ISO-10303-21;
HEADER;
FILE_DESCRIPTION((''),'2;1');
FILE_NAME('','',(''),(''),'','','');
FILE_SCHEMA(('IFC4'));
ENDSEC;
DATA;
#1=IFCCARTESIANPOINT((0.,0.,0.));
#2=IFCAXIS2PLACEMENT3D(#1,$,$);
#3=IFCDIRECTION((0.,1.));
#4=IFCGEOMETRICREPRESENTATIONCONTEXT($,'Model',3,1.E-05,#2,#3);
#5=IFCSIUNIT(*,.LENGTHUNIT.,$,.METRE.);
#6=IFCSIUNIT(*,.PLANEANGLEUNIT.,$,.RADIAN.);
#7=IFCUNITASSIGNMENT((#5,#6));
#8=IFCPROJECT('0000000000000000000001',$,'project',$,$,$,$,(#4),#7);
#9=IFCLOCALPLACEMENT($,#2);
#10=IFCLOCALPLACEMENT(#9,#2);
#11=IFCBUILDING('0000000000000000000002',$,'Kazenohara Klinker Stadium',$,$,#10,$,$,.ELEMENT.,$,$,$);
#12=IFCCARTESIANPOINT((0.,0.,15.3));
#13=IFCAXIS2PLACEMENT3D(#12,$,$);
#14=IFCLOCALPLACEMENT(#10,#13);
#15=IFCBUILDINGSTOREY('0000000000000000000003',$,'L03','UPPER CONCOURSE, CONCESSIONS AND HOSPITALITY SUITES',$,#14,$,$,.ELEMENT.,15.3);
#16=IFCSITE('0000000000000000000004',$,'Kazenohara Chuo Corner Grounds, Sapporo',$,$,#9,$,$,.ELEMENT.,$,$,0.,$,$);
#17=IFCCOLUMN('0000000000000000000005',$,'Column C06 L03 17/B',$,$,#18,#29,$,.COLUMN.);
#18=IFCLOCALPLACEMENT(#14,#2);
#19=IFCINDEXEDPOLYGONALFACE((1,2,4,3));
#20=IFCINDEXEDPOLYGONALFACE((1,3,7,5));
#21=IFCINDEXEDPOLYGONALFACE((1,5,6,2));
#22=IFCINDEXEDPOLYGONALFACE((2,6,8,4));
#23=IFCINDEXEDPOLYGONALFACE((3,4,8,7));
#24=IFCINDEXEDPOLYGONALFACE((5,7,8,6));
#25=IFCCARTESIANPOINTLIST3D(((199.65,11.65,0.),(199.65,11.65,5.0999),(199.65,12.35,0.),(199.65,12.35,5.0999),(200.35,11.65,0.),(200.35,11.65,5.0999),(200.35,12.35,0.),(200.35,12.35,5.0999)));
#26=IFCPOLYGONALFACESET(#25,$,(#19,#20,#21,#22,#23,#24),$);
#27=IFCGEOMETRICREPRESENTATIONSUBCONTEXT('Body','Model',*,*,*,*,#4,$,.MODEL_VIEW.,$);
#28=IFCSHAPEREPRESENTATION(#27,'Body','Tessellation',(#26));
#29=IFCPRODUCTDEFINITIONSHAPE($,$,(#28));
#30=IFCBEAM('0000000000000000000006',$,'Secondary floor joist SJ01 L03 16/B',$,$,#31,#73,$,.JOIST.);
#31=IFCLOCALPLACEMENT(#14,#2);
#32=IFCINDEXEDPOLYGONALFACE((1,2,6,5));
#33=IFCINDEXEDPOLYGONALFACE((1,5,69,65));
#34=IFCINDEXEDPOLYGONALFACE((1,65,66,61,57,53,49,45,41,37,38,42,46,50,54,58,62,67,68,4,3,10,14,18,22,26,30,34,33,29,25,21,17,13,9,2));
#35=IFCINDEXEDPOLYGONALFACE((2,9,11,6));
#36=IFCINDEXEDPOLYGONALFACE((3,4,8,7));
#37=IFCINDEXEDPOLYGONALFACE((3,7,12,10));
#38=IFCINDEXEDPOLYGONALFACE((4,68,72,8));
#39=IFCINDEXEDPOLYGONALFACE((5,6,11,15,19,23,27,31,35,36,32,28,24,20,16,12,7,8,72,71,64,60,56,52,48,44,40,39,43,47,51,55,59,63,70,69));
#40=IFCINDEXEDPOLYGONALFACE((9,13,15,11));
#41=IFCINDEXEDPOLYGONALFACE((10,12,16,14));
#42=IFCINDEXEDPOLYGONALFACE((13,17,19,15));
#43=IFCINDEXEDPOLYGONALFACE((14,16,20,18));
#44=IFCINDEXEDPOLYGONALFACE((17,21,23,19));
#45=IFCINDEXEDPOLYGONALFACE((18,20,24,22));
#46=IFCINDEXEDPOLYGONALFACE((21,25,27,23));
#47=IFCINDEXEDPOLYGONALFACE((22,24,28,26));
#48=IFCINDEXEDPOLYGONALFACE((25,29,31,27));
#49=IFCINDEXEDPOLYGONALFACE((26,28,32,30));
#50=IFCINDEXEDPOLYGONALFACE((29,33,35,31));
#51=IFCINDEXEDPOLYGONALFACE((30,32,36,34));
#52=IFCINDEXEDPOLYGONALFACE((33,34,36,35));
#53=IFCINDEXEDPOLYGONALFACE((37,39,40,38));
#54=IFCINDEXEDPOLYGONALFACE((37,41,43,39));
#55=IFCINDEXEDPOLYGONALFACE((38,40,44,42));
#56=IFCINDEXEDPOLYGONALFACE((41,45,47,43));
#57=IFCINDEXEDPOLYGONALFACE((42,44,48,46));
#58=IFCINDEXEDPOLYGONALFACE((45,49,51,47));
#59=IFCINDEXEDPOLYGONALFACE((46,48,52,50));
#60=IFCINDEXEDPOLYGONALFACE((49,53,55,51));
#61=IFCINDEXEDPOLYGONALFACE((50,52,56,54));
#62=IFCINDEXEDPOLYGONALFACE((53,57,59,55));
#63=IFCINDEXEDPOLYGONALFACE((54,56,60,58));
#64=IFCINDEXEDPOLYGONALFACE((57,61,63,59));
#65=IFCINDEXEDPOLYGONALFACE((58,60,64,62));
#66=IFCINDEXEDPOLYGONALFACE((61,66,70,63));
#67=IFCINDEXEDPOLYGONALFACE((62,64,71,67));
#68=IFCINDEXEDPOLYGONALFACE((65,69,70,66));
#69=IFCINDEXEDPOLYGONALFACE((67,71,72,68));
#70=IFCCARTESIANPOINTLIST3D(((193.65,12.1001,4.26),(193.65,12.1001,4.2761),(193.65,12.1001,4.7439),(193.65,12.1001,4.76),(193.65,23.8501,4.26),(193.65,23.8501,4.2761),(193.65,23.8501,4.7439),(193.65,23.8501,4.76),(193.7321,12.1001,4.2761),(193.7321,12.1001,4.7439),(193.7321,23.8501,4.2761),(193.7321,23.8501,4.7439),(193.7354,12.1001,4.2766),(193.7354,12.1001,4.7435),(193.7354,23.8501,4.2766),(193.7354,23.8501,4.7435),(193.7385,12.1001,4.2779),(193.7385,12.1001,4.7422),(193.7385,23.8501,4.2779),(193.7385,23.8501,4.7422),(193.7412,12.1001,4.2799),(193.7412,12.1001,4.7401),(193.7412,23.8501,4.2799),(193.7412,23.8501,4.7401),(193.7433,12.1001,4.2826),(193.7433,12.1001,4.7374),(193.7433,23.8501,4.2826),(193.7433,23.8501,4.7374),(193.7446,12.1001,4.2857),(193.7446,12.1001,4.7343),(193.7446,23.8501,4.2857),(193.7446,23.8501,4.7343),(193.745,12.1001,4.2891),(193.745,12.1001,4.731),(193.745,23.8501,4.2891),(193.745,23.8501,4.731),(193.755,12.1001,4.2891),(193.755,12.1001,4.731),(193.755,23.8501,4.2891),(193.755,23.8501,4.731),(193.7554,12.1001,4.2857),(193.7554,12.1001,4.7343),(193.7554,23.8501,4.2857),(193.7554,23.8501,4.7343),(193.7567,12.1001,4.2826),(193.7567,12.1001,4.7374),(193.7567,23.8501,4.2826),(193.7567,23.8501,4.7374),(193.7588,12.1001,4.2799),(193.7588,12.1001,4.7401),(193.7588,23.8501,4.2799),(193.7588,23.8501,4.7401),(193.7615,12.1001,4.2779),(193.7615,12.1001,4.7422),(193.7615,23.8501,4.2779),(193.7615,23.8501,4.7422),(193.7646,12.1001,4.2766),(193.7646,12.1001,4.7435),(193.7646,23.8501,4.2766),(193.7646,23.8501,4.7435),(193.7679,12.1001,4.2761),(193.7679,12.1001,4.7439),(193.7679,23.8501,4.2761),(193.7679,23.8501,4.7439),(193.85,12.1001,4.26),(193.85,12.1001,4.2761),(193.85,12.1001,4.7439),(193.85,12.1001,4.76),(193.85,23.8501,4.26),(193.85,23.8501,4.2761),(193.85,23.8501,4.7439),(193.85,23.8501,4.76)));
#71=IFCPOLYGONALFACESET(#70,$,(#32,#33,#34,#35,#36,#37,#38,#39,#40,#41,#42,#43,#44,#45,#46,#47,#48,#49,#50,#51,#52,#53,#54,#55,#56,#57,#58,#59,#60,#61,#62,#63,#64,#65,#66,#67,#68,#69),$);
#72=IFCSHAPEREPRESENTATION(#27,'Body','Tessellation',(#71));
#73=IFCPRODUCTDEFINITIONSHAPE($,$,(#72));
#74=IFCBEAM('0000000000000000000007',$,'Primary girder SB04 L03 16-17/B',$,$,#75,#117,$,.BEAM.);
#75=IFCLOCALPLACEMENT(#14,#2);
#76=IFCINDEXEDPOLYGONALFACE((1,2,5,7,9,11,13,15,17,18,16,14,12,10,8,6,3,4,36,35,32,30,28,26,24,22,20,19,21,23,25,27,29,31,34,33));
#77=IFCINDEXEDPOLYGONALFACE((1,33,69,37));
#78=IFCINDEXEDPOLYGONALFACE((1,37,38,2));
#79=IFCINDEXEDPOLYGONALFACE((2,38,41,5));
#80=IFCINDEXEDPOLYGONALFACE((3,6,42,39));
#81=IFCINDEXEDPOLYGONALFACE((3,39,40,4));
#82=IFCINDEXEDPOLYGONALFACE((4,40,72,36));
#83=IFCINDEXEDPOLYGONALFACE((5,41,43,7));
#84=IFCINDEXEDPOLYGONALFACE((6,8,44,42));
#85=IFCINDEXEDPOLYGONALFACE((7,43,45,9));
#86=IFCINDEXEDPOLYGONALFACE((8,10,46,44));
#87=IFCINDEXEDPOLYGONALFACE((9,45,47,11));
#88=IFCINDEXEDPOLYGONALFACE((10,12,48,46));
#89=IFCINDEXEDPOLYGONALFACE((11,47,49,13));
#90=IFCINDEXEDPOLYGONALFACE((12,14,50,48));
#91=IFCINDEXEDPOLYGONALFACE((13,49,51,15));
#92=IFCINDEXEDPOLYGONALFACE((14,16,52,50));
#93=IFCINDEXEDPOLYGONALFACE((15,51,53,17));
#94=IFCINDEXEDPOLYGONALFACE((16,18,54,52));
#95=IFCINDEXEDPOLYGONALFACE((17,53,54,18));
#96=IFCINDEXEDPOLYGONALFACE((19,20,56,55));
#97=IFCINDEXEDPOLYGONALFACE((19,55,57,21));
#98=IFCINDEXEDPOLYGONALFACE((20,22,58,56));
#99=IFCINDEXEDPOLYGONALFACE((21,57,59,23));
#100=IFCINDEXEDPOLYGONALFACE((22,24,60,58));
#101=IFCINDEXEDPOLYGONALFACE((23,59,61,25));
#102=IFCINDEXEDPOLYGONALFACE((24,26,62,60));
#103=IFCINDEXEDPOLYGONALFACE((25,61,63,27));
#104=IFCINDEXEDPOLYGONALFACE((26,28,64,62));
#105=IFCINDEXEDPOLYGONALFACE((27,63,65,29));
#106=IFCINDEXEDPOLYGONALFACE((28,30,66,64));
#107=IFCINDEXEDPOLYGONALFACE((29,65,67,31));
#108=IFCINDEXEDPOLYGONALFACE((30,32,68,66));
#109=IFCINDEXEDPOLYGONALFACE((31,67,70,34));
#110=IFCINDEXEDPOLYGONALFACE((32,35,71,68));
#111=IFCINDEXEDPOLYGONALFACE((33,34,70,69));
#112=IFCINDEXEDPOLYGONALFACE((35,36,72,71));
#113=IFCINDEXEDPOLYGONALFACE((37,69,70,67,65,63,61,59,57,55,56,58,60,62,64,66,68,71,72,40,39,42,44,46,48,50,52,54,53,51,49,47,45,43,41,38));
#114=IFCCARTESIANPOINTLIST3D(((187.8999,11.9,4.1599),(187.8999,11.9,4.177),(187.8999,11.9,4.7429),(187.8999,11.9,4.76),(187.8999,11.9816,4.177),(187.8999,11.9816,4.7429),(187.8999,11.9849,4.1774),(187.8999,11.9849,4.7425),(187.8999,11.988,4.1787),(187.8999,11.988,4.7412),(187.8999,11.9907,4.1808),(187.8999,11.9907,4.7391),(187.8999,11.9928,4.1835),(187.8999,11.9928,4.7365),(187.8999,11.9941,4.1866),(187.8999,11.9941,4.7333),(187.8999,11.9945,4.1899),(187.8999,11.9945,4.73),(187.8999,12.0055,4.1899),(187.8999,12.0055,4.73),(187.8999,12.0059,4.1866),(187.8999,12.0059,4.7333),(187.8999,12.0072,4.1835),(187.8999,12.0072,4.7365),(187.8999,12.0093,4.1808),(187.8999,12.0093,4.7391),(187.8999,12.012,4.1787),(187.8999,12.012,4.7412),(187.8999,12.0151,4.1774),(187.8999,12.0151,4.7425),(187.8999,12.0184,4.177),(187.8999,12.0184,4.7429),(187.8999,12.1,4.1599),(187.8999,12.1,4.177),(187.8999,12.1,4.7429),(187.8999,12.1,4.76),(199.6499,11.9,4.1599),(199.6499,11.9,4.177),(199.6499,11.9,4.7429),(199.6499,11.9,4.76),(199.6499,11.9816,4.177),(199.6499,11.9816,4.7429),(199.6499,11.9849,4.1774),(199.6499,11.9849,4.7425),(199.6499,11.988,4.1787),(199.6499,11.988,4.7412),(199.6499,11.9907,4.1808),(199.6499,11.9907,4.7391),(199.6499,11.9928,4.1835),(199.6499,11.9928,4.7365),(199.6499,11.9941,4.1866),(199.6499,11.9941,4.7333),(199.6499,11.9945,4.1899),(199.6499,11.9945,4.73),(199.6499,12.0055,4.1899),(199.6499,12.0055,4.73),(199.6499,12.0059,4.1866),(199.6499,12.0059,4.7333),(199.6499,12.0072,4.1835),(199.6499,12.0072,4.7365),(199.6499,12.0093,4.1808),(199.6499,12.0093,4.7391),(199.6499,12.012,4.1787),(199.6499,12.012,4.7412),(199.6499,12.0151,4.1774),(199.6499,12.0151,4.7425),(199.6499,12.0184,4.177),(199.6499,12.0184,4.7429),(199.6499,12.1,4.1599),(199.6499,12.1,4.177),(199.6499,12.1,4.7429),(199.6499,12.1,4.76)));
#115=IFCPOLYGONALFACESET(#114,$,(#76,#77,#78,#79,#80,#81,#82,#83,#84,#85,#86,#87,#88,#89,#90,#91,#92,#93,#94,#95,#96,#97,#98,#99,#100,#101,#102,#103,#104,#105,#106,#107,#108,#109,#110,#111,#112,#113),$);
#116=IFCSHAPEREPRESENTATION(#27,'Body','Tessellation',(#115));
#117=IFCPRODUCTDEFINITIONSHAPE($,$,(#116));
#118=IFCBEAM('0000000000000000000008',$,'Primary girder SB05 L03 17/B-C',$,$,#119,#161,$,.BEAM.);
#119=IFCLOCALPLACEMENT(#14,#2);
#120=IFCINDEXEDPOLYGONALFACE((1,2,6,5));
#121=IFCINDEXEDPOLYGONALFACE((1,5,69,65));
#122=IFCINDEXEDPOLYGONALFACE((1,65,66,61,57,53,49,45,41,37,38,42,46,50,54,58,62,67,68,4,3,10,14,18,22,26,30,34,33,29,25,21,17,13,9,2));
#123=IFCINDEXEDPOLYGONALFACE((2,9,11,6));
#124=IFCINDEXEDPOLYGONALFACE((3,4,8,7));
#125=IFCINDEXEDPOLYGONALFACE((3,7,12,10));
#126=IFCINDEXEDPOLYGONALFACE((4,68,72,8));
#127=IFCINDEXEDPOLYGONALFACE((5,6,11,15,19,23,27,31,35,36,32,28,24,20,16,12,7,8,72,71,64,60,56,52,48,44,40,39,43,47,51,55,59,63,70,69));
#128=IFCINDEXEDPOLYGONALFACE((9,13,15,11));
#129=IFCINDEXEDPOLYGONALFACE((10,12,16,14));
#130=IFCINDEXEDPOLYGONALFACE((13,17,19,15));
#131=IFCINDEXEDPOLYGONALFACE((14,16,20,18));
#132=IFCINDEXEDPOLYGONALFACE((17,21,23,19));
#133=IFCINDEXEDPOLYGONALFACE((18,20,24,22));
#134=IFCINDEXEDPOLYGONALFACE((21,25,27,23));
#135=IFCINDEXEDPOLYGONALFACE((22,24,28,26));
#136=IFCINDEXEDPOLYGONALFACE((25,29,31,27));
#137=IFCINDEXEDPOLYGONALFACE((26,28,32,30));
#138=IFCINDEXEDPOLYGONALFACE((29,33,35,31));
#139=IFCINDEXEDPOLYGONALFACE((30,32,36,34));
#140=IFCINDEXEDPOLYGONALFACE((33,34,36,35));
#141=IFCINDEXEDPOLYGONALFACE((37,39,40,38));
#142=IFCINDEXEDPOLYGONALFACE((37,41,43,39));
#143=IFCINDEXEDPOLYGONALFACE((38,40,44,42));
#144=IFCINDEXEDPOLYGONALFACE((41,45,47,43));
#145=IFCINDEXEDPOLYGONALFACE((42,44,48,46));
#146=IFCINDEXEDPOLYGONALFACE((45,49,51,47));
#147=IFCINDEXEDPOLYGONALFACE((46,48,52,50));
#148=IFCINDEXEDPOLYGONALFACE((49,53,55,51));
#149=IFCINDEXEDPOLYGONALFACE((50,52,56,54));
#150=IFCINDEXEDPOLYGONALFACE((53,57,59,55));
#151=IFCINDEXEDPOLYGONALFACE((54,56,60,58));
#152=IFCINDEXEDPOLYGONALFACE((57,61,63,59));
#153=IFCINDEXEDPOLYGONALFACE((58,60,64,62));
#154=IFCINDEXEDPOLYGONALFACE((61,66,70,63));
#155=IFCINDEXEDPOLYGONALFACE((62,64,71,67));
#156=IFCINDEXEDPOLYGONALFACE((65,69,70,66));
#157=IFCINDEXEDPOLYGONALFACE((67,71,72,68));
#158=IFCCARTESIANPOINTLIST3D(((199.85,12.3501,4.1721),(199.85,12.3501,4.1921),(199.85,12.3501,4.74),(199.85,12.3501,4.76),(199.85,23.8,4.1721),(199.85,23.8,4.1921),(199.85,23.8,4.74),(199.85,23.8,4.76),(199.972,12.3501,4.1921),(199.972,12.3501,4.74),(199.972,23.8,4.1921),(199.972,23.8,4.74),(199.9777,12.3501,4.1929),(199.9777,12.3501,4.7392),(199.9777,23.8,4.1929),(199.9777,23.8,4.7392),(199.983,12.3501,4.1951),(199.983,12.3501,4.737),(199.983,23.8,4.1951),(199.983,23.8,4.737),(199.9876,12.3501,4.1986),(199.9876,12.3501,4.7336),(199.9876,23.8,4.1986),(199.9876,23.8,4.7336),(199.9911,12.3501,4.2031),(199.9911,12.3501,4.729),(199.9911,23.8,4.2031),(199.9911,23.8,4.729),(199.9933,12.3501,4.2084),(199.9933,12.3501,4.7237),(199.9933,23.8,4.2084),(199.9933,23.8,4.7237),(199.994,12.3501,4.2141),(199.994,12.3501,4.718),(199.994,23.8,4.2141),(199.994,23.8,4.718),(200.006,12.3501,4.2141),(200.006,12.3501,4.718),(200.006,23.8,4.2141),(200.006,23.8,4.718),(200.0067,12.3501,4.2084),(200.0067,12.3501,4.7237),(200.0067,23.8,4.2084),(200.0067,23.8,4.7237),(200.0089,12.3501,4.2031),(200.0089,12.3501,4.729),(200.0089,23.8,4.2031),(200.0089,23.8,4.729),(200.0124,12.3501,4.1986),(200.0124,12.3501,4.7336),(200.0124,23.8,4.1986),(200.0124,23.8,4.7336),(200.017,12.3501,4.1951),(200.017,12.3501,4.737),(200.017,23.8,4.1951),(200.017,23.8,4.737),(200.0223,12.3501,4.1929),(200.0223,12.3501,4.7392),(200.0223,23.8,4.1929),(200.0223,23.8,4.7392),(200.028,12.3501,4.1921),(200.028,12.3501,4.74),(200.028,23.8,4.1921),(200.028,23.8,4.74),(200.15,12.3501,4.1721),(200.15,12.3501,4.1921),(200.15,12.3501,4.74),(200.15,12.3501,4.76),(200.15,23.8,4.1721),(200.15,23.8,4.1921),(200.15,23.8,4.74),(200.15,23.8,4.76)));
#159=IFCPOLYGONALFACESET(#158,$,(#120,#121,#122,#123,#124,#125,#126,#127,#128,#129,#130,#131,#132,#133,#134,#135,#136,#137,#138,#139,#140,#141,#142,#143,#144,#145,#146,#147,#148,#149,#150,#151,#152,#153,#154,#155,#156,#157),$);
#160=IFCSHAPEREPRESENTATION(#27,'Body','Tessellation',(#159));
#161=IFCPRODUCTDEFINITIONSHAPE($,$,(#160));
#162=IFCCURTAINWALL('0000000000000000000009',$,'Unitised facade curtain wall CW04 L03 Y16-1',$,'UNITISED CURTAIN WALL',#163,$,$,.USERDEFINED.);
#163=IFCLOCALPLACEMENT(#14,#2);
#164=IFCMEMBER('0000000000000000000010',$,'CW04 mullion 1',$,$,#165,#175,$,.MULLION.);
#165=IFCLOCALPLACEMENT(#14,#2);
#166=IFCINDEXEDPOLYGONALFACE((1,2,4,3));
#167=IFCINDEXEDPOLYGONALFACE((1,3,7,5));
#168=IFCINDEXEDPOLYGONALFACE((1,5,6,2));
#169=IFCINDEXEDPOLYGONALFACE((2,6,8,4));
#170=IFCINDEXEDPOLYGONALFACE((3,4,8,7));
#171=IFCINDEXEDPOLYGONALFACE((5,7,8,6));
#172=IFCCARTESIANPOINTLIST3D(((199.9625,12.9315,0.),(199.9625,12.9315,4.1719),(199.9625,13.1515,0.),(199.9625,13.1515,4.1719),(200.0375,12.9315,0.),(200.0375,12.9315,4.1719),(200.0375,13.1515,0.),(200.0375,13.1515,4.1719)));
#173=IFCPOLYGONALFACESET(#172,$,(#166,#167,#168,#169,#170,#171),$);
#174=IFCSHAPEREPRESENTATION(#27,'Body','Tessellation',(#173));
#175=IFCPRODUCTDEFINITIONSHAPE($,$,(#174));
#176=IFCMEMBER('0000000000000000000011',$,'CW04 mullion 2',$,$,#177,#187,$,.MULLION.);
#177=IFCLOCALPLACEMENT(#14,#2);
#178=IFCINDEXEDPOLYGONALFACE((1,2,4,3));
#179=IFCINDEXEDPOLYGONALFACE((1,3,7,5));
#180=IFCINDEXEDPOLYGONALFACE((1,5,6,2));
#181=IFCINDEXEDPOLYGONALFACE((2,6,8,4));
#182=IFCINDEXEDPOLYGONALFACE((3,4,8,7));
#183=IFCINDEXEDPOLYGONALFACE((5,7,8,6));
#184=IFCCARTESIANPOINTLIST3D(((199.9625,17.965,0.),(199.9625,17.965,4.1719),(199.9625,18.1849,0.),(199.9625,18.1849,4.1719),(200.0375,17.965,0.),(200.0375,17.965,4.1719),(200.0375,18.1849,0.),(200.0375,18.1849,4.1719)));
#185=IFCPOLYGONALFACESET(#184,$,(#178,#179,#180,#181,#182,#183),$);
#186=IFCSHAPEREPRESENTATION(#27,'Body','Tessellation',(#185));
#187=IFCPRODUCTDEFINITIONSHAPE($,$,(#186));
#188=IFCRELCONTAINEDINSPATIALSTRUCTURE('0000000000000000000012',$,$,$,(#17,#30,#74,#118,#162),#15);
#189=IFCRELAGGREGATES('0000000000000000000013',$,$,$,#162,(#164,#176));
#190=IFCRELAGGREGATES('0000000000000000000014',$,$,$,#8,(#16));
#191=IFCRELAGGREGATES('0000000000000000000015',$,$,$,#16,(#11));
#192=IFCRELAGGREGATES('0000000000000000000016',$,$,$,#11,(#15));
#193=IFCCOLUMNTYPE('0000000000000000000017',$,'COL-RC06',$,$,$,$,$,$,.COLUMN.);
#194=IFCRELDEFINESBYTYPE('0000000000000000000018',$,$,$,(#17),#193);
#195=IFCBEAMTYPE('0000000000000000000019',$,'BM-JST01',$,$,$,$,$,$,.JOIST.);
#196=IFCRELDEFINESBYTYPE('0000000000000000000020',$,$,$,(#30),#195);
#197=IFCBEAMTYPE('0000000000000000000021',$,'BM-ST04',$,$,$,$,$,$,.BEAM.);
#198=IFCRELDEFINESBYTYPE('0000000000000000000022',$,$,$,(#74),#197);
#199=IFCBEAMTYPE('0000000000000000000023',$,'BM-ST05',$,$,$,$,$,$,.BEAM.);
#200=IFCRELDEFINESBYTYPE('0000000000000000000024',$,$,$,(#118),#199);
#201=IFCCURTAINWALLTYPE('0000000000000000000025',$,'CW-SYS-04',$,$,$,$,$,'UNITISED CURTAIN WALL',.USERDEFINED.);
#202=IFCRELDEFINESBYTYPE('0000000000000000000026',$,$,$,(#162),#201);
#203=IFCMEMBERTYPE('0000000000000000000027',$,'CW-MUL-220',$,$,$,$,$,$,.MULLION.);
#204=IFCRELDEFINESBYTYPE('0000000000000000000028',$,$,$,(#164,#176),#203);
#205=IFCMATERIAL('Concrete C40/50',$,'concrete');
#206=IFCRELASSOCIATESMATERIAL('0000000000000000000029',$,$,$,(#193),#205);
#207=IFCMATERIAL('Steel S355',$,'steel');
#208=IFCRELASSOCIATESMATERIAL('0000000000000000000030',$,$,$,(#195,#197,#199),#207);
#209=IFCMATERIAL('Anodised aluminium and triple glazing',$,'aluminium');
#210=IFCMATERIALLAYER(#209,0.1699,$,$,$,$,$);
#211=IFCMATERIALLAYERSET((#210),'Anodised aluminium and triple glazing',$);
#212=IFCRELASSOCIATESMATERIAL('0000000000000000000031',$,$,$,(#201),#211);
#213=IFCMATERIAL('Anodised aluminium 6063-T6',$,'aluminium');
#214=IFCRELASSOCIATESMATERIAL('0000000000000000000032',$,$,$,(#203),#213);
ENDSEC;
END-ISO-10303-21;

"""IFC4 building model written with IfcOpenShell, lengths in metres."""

from ifc_helpers import new_model, si_unit, direction, frame, origin, origin_2d, place, context, subcontext, project, spatial, rectangle, i_section, extrude, material, layer, layer_set, material_profile, profile_set, type_object, element, aggregate, save


model = new_model("IFC4")

# Units and contexts
model_context = context("Model", 3, precision=1e-05, world=origin(), true_north=direction((0.0, 1.0)))
body_context = subcontext(model_context, "Body", "Model", "MODEL_VIEW")
ifc_project = project(units=[si_unit("LENGTHUNIT", "METRE"), si_unit("PLANEANGLEUNIT", "RADIAN")], contexts=[model_context])

# Site, building, storey
site_placement = place(None, origin())
site = spatial("IfcSite", under=ifc_project, at=site_placement, Name="Kazenohara Chuo Corner Grounds, Sapporo", CompositionType="ELEMENT", RefElevation=0.0)
building_placement = place(site_placement, origin())
building = spatial("IfcBuilding", under=site, at=building_placement, Name="Kazenohara Klinker Stadium", CompositionType="ELEMENT")
storey_placement = place(building_placement, frame((0.0, 0.0, 15.3)))
storey = spatial("IfcBuildingStorey", under=building, at=storey_placement, Name="L03", Description="UPPER CONCOURSE, CONCESSIONS AND HOSPITALITY SUITES", CompositionType="ELEMENT", Elevation=15.3)

# Column
ifc_material_1 = material(Name="Concrete C40/50", Category="concrete")
ifc_material_profile_1 = material_profile(ifc_material_1, rectangle(XDim=0.7, YDim=0.7, at=origin_2d()), Name="RC-COL-700x700")
ifc_profile_set_1 = profile_set([ifc_material_profile_1], Name="Concrete C40/50")
column_type = type_object("IfcColumnType", Name="COL-RC06", PredefinedType="COLUMN", material=ifc_profile_set_1)
column_placement = place(storey_placement, frame((200.0, 12.0, 0.0), z_axis=(0.0, 0.0, 1.0), x_axis=(1.0, 0.0, 0.0)))
element("IfcColumn", 1, at=column_placement, inside=storey, type_object=column_type, Name="Column C06 L03 17/B", PredefinedType="COLUMN", context=body_context, shape_type="SweptSolid", body=[
    extrude(rectangle(XDim=0.7, YDim=0.7, at=origin_2d()), origin(), (0.0, 0.0, 1.0), 5.0999),
])

# Beams
ifc_material_2 = material(Name="Steel S355", Category="steel")
ifc_material_profile_2 = material_profile(ifc_material_2, i_section(OverallWidth=0.2, OverallDepth=0.5, WebThickness=0.01, FlangeThickness=0.0161, FilletRadius=0.0129, at=origin_2d()), Name="H-500x200x10x16")
ifc_profile_set_2 = profile_set([ifc_material_profile_2], Name="Steel S355")
beam_type_1 = type_object("IfcBeamType", Name="BM-JST01", PredefinedType="JOIST", material=ifc_profile_set_2)
beam_1_placement = place(storey_placement, frame((193.75, 12.1001, 4.51), z_axis=(0.0, 1.0, 0.0), x_axis=(-1.0, 0.0, 0.0)))
element("IfcBeam", 2, at=beam_1_placement, inside=storey, type_object=beam_type_1, Name="Secondary floor joist SJ01 L03 16/B", PredefinedType="JOIST", context=body_context, shape_type="SweptSolid", body=[
    extrude(i_section(OverallWidth=0.2, OverallDepth=0.5, WebThickness=0.01, FlangeThickness=0.0161, FilletRadius=0.0129, at=origin_2d()), origin(), (0.0, 0.0, 1.0), 11.75),
])
ifc_material_profile_3 = material_profile(ifc_material_2, i_section(OverallWidth=0.2, OverallDepth=0.6001, WebThickness=0.011, FlangeThickness=0.0171, FilletRadius=0.0129, at=origin_2d()), Name="H-600x200x11x17")
ifc_profile_set_3 = profile_set([ifc_material_profile_3], Name="Steel S355")
beam_type_2 = type_object("IfcBeamType", Name="BM-ST04", PredefinedType="BEAM", material=ifc_profile_set_3)
beam_2_placement = place(storey_placement, frame((187.8999, 12.0, 4.46), z_axis=(1.0, 0.0, 0.0), x_axis=(0.0, 1.0, 0.0)))
element("IfcBeam", 3, at=beam_2_placement, inside=storey, type_object=beam_type_2, Name="Primary girder SB04 L03 16-17/B", PredefinedType="BEAM", context=body_context, shape_type="SweptSolid", body=[
    extrude(i_section(OverallWidth=0.2, OverallDepth=0.6001, WebThickness=0.011, FlangeThickness=0.0171, FilletRadius=0.0129, at=origin_2d()), origin(), (0.0, 0.0, 1.0), 11.75),
])
ifc_material_profile_4 = material_profile(ifc_material_2, i_section(OverallWidth=0.3, OverallDepth=0.5879, WebThickness=0.012, FlangeThickness=0.02, FilletRadius=0.022, at=origin_2d()), Name="H-588x300x12x20")
ifc_profile_set_4 = profile_set([ifc_material_profile_4], Name="Steel S355")
beam_type_3 = type_object("IfcBeamType", Name="BM-ST05", PredefinedType="BEAM", material=ifc_profile_set_4)
beam_3_placement = place(storey_placement, frame((200.0, 12.3501, 4.4661), z_axis=(0.0, 1.0, 0.0), x_axis=(-1.0, 0.0, 0.0)))
element("IfcBeam", 4, at=beam_3_placement, inside=storey, type_object=beam_type_3, Name="Primary girder SB05 L03 17/B-C", PredefinedType="BEAM", context=body_context, shape_type="SweptSolid", body=[
    extrude(i_section(OverallWidth=0.3, OverallDepth=0.5879, WebThickness=0.012, FlangeThickness=0.02, FilletRadius=0.022, at=origin_2d()), origin(), (0.0, 0.0, 1.0), 11.45),
])

# Curtain wall, members
ifc_material_3 = material(Name="Anodised aluminium and triple glazing", Category="aluminium")
ifc_layer_1 = layer(ifc_material_3, 0.1699)
ifc_layer_set_1 = layer_set([ifc_layer_1], Name="Anodised aluminium and triple glazing")
curtain_wall_type = type_object("IfcCurtainWallType", Name="CW-SYS-04", ElementType="UNITISED CURTAIN WALL", PredefinedType="USERDEFINED", material=ifc_layer_set_1)
curtain_wall_placement = place(storey_placement, origin())
curtain_wall = element("IfcCurtainWall", 5, at=curtain_wall_placement, inside=storey, type_object=curtain_wall_type, Name="Unitised facade curtain wall CW04 L03 Y16-1", ObjectType="UNITISED CURTAIN WALL", PredefinedType="USERDEFINED")
ifc_material_4 = material(Name="Anodised aluminium 6063-T6", Category="aluminium")
ifc_material_profile_5 = material_profile(ifc_material_4, rectangle(XDim=0.075, YDim=0.22, at=origin_2d()), Name="ALU-MUL-75x220")
ifc_profile_set_5 = profile_set([ifc_material_profile_5], Name="Anodised aluminium 6063-T6")
member_type_1 = type_object("IfcMemberType", Name="CW-MUL-220", PredefinedType="MULLION", material=ifc_profile_set_5)
member_1_placement = place(storey_placement, frame((200.0, 13.0415, 0.0), z_axis=(0.0, 0.0, 1.0), x_axis=(-1.0, 0.0, 0.0)))
member_1 = element("IfcMember", 6, at=member_1_placement, type_object=member_type_1, Name="CW04 mullion 1", PredefinedType="MULLION", context=body_context, shape_type="SweptSolid", body=[
    extrude(rectangle(XDim=0.075, YDim=0.22, at=origin_2d()), origin(), (0.0, 0.0, 1.0), 4.1719),
])
member_2_placement = place(storey_placement, frame((200.0, 18.075, 0.0), z_axis=(0.0, 0.0, 1.0), x_axis=(-1.0, 0.0, 0.0)))
member_2 = element("IfcMember", 7, at=member_2_placement, type_object=member_type_1, Name="CW04 mullion 2", PredefinedType="MULLION", context=body_context, shape_type="SweptSolid", body=[
    extrude(rectangle(XDim=0.075, YDim=0.22, at=origin_2d()), origin(), (0.0, 0.0, 1.0), 4.1719),
])
aggregate(curtain_wall, [member_1, member_2])

save(model, "model.ifc")
